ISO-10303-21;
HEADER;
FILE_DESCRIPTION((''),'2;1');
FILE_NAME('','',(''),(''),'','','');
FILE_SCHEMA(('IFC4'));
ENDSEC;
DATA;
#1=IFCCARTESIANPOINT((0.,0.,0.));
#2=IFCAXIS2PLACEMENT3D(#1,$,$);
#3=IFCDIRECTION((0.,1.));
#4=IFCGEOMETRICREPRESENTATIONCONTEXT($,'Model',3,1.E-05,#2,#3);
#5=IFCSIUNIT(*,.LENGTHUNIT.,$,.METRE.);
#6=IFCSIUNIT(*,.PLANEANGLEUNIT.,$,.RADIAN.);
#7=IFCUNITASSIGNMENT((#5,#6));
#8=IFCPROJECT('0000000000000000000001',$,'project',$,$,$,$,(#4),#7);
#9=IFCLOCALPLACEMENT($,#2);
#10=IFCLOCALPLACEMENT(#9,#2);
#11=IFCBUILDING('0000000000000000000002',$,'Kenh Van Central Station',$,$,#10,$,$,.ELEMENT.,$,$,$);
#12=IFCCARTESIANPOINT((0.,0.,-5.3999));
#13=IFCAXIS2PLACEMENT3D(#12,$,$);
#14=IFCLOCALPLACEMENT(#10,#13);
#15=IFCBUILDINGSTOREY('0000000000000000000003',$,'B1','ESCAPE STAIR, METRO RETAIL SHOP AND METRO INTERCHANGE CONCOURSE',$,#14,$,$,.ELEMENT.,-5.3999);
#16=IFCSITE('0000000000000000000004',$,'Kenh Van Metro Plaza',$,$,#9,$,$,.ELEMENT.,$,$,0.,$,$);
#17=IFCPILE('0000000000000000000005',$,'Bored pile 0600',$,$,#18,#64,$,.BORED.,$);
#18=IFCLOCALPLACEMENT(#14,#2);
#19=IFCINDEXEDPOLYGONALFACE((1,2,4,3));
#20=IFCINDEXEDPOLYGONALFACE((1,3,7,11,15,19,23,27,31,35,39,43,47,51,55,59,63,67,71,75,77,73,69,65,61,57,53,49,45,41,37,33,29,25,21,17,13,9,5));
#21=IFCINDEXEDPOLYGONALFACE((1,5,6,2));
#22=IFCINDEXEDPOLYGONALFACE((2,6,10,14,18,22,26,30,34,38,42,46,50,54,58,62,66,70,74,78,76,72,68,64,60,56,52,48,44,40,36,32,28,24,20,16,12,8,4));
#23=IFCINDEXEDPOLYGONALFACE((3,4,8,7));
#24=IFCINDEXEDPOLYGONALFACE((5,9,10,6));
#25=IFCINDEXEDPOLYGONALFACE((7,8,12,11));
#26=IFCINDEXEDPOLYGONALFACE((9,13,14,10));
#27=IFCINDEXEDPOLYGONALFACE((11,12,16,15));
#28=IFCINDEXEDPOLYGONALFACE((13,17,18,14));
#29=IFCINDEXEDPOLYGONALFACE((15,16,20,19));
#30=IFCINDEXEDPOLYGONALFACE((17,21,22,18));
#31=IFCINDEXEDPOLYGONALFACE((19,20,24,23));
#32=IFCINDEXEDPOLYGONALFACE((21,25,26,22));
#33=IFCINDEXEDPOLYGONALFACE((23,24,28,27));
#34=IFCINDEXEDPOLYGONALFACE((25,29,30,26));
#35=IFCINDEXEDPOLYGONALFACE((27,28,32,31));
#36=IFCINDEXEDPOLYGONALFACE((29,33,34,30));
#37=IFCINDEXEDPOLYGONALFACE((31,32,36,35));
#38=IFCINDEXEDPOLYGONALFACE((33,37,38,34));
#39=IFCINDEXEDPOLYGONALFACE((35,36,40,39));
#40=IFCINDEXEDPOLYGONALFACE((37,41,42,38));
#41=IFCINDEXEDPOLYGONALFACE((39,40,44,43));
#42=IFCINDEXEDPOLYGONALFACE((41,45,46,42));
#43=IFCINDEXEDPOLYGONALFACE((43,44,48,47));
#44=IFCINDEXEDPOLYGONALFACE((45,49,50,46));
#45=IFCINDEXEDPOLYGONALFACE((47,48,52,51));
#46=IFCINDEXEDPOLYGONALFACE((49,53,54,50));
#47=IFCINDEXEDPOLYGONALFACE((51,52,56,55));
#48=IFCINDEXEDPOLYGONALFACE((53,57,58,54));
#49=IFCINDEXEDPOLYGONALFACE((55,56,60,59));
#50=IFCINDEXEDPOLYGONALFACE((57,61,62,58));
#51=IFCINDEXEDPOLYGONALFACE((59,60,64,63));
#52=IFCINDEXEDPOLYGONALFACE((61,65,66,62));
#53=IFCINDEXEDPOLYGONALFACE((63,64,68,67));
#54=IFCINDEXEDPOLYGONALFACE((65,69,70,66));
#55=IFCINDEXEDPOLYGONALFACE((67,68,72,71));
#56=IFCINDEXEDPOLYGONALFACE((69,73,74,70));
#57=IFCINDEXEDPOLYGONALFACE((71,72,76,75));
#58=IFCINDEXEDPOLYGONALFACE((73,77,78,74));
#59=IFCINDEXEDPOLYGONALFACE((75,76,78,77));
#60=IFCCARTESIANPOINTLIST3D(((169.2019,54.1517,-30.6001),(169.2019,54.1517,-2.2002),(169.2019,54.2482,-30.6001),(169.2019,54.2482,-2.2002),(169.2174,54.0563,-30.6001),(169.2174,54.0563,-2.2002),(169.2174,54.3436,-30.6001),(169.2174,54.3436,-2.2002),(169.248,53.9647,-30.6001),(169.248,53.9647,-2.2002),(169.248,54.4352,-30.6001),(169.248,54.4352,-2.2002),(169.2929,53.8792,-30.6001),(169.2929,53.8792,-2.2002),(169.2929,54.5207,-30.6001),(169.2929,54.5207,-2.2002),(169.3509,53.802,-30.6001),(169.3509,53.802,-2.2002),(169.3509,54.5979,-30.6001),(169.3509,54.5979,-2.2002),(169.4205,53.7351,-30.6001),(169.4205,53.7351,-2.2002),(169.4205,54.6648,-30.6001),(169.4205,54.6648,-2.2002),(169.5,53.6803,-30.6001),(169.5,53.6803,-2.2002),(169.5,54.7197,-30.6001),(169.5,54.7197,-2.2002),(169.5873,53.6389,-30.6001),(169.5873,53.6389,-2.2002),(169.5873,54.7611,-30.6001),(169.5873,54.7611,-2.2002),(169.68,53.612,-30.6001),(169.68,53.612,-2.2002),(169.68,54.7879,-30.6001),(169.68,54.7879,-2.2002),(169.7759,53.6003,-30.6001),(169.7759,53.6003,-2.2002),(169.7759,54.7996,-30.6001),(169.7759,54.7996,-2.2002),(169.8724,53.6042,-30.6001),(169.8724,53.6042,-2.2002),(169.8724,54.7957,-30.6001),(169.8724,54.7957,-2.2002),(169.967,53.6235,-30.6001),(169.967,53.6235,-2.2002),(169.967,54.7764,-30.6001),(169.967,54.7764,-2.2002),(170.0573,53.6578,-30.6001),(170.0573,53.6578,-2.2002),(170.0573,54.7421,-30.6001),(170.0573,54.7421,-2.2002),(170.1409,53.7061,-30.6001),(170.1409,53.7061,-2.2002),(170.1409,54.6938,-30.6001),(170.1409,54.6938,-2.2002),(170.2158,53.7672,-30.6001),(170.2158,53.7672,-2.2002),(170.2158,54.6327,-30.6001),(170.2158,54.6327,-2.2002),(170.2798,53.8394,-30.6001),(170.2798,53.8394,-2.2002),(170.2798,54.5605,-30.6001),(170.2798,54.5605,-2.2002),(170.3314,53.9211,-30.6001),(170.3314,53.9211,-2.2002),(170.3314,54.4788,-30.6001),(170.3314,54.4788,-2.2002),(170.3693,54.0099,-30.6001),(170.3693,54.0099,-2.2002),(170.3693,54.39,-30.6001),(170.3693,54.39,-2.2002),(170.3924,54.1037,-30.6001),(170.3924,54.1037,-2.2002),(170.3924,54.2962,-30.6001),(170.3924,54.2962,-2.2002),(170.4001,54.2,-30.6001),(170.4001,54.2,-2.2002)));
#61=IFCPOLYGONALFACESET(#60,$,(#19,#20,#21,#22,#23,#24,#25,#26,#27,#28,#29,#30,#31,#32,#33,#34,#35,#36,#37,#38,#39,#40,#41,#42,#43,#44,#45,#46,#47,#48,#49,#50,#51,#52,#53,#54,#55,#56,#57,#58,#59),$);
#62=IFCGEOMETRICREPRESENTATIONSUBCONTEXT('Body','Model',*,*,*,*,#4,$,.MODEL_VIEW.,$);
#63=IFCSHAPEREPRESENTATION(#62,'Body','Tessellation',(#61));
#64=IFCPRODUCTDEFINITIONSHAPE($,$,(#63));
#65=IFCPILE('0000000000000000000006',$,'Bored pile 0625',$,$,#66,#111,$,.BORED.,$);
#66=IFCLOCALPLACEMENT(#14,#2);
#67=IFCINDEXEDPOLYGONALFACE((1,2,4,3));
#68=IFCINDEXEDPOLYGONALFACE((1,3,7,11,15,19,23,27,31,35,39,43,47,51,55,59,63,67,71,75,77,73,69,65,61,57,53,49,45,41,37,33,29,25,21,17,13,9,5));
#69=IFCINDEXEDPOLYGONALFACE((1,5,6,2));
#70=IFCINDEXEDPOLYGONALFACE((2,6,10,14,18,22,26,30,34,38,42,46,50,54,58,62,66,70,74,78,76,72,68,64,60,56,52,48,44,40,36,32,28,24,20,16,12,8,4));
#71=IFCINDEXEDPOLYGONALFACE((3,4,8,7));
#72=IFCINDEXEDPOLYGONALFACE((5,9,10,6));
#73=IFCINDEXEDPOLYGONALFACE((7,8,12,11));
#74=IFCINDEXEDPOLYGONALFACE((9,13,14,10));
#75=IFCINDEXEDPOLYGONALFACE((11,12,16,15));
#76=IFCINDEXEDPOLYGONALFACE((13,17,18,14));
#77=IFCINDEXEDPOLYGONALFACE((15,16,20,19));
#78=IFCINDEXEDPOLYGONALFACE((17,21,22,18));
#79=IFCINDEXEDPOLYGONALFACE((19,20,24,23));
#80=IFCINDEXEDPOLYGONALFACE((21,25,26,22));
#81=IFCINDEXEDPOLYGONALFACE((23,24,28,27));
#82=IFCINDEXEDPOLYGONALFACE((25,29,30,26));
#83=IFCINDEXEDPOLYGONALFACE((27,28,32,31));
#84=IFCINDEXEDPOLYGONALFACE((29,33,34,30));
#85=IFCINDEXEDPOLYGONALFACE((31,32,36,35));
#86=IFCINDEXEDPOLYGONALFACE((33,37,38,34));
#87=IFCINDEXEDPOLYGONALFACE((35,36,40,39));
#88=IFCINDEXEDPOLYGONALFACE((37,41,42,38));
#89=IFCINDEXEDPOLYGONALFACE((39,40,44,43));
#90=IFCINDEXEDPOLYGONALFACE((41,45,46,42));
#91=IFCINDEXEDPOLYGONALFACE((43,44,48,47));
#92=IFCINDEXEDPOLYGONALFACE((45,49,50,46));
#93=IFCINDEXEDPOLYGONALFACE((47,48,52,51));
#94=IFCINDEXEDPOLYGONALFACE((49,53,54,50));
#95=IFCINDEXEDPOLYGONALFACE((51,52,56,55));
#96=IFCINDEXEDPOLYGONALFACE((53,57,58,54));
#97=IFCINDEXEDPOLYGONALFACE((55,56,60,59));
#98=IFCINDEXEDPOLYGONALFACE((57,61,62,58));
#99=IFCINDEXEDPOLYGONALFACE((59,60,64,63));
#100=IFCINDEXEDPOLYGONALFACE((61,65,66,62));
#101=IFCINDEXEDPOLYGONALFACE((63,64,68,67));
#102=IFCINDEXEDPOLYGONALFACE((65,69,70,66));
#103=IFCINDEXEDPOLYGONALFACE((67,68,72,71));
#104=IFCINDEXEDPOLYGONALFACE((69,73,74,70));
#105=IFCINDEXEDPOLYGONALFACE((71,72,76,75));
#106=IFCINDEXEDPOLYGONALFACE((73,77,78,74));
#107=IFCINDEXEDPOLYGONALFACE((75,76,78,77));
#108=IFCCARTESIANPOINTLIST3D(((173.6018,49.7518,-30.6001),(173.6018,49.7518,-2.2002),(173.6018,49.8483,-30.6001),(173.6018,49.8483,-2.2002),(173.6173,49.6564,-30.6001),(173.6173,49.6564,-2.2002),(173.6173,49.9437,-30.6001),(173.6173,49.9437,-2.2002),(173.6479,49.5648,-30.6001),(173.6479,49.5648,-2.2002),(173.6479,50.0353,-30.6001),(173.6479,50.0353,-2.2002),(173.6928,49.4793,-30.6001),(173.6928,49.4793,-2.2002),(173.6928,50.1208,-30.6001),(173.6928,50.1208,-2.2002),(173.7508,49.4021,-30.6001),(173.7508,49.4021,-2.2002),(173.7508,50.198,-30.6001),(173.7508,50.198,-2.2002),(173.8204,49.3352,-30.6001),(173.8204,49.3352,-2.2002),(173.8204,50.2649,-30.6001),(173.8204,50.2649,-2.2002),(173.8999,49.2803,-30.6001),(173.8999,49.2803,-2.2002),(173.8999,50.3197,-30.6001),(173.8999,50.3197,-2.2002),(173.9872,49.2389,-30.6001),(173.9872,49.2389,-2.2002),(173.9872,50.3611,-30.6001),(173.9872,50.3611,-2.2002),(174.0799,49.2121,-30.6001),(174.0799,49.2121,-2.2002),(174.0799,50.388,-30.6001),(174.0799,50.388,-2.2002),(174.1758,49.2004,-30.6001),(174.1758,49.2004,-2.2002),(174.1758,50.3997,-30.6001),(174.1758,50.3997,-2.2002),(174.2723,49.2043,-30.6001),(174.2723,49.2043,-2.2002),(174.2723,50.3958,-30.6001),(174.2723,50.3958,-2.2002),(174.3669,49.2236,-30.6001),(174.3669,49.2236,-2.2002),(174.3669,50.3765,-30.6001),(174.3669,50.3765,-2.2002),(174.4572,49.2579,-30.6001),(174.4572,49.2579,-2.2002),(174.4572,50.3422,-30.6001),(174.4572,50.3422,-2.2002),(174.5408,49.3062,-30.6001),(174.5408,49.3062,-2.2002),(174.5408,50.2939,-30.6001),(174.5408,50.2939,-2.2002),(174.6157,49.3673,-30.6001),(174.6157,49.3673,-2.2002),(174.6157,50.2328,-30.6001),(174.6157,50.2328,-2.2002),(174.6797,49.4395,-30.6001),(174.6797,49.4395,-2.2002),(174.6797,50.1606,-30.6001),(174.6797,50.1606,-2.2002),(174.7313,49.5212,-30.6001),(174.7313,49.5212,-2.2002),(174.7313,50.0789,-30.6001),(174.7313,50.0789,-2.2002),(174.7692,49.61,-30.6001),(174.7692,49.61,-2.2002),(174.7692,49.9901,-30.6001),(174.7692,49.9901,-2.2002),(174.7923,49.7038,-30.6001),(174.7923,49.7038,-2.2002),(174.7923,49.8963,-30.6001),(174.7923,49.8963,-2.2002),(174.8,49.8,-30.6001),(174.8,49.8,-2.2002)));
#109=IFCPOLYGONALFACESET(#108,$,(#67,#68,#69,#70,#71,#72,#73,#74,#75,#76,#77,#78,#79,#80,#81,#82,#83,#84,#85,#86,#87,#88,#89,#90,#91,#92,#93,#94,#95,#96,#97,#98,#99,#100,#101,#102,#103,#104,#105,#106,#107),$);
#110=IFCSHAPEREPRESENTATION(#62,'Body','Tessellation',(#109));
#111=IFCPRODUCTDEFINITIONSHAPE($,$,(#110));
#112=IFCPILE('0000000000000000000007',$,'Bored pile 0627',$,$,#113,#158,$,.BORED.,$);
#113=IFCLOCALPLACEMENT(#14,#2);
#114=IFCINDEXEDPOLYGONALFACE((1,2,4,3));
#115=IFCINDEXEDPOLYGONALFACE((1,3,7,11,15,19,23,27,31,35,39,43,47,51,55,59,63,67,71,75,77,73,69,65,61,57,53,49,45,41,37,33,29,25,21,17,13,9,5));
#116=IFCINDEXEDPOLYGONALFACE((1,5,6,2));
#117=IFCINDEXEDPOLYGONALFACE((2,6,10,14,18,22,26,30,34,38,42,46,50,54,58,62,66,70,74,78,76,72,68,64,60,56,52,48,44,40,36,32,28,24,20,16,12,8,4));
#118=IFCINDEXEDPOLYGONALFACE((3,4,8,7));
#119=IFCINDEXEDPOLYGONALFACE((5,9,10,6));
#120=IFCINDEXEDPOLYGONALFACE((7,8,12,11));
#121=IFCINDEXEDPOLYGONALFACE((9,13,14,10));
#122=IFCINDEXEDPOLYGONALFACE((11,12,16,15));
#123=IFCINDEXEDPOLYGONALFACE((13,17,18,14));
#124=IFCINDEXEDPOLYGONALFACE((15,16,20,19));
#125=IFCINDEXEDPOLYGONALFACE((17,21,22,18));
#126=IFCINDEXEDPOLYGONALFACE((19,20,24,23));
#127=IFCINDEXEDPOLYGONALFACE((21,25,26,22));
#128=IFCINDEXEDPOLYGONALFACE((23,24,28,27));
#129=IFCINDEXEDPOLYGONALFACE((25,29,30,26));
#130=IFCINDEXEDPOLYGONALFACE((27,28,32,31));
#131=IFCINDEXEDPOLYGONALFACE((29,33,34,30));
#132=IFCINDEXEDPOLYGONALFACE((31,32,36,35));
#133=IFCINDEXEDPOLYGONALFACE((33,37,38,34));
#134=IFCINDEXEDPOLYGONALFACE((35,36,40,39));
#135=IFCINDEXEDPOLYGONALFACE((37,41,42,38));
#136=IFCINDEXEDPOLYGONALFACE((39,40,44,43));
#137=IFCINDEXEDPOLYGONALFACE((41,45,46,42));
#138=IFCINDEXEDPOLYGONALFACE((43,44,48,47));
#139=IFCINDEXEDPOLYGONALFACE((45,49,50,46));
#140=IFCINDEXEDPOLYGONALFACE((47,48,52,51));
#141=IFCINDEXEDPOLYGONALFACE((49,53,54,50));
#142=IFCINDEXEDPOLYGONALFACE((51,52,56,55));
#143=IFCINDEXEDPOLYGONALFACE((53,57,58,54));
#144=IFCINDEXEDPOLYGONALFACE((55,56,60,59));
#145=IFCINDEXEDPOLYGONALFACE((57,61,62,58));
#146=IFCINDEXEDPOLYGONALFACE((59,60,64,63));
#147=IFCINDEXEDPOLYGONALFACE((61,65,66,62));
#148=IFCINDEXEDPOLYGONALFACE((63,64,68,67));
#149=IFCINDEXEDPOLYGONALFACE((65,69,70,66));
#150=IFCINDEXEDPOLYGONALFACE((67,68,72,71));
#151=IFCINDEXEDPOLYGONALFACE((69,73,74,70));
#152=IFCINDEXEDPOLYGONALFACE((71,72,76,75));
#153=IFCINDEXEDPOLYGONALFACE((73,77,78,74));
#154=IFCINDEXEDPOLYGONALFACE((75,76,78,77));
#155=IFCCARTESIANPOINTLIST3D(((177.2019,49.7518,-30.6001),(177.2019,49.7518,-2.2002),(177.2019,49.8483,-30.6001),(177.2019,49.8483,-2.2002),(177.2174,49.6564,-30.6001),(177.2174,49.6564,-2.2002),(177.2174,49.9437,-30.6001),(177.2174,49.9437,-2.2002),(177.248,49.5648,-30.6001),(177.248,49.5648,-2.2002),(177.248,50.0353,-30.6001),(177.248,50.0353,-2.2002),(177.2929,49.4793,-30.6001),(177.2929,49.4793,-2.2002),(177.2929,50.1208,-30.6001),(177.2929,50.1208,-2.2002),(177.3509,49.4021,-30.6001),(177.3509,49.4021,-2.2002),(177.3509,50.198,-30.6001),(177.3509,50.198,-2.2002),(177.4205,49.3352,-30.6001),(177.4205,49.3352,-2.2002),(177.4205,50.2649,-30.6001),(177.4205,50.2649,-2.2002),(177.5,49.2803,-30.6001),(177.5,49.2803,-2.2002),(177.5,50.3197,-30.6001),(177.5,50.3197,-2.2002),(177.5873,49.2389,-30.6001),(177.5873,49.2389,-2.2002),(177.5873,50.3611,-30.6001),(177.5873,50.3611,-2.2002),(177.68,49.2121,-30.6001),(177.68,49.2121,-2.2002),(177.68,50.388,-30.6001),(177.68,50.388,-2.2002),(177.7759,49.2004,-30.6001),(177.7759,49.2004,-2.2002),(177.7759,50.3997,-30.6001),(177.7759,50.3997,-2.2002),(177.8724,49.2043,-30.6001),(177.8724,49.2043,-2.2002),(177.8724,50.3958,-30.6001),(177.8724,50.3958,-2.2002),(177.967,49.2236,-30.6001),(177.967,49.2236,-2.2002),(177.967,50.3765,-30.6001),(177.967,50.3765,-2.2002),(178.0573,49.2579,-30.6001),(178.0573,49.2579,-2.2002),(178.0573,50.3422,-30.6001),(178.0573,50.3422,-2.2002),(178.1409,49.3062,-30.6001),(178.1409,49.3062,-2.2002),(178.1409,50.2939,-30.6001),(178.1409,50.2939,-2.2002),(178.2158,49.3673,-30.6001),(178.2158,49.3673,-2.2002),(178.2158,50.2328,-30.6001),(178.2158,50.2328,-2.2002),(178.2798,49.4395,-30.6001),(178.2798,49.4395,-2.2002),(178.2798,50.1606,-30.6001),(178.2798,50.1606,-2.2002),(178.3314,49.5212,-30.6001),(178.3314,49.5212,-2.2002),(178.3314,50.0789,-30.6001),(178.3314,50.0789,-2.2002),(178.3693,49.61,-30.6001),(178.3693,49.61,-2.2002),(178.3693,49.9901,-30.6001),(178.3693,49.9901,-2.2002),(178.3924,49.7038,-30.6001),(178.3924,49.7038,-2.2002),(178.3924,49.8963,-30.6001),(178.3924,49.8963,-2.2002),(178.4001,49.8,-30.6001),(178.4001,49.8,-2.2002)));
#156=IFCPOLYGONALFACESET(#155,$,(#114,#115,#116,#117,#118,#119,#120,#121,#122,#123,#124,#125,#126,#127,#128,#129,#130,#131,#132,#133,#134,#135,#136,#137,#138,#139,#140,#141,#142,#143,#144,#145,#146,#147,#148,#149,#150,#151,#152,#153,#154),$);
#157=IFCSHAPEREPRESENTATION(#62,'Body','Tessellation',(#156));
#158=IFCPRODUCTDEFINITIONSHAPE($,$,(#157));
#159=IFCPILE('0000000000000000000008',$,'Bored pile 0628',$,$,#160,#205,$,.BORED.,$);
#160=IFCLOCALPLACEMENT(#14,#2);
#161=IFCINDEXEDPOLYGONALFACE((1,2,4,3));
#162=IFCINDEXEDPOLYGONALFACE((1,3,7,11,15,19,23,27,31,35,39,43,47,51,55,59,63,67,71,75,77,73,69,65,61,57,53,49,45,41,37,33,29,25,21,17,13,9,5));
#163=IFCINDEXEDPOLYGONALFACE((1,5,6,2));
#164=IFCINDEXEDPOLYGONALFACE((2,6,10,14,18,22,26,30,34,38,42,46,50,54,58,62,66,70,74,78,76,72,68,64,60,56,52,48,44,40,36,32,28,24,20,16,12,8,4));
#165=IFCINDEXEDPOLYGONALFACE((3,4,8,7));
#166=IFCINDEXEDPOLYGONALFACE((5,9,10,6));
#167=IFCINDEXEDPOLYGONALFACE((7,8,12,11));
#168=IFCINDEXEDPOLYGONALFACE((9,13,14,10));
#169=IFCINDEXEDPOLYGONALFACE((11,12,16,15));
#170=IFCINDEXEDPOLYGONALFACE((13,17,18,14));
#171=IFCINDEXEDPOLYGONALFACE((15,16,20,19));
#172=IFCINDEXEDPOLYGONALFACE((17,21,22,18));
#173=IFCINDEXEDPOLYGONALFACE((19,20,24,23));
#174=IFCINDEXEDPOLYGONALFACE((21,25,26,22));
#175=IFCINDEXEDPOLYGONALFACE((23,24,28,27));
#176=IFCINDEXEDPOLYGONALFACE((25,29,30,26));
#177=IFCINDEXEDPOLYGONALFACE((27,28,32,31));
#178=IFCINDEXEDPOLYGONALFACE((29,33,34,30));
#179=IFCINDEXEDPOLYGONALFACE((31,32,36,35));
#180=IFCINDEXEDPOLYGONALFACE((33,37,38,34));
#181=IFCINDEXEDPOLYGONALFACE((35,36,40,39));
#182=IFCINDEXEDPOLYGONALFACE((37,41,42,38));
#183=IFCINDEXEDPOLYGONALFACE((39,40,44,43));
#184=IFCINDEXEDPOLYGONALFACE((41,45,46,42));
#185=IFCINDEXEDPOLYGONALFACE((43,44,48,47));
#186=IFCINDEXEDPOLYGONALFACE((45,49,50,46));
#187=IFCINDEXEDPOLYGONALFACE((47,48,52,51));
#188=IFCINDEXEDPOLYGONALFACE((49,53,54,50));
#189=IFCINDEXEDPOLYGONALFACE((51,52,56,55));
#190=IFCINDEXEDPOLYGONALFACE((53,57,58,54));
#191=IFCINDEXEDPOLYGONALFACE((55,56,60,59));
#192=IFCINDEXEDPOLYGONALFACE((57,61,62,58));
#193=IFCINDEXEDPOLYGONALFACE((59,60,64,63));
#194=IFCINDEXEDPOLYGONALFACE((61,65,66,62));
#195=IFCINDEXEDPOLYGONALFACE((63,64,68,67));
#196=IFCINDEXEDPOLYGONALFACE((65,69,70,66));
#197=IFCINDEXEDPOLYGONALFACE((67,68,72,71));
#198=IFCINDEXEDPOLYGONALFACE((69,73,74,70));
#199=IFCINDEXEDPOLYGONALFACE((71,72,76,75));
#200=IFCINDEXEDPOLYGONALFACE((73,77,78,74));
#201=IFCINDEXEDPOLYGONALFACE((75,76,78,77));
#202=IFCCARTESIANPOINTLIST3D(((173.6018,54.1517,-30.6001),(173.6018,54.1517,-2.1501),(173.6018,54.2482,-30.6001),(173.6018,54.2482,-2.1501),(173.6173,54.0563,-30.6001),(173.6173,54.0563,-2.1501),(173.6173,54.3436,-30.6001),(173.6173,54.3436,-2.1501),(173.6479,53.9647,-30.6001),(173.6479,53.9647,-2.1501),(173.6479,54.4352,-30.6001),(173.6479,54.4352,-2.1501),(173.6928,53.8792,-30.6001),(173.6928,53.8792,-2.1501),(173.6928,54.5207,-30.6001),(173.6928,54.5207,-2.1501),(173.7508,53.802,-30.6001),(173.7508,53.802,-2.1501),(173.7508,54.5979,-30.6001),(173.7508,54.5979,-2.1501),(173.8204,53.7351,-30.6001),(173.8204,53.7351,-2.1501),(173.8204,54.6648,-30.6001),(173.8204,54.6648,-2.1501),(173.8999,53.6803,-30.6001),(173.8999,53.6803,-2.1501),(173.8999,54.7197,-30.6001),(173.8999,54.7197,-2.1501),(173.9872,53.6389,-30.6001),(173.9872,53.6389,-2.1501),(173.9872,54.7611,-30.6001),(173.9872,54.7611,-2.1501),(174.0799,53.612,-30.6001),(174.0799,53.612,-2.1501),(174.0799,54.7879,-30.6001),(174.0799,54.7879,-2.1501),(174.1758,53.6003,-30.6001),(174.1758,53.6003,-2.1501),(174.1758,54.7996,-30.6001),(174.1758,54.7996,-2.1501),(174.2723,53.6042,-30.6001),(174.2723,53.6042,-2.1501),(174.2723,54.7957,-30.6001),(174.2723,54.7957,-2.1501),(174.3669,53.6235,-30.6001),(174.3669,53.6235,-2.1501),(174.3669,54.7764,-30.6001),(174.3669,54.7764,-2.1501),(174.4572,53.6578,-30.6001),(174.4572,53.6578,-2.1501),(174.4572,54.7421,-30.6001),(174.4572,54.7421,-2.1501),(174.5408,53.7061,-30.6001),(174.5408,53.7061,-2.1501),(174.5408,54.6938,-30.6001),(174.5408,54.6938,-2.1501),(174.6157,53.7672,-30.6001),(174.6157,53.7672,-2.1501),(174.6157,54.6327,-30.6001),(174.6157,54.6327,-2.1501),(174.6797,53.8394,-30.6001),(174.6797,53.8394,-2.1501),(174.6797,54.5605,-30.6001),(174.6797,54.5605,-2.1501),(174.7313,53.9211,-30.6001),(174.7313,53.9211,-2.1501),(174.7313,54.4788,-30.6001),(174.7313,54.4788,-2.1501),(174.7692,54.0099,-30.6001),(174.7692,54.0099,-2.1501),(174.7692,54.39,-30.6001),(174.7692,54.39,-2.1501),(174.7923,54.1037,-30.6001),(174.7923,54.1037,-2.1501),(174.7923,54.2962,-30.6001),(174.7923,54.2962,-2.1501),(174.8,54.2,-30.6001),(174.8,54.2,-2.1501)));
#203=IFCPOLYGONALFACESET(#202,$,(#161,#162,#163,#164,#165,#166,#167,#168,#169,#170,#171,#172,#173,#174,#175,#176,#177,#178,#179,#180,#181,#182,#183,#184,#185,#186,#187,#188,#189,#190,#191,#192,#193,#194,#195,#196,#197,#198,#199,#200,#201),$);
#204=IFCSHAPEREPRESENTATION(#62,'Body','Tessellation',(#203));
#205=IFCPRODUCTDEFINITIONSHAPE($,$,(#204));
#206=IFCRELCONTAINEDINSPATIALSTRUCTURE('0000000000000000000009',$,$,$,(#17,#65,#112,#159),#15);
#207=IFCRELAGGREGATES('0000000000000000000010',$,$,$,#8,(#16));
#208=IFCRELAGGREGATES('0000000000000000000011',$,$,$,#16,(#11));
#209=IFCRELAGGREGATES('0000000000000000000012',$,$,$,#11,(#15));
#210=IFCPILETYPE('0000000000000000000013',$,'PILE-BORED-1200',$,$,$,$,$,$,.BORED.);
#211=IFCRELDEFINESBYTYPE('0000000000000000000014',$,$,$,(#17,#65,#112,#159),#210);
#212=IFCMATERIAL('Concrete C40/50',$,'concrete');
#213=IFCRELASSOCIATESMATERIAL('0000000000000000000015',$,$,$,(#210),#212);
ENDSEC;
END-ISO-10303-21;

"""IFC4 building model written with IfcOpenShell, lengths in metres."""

from ifc_helpers import new_model, si_unit, direction, frame, origin, origin_2d, place, context, subcontext, project, spatial, circle, extrude, material, material_profile, profile_set, type_object, element, save


model = new_model("IFC4")

# Units and contexts
model_context = context("Model", 3, precision=1e-05, world=origin(), true_north=direction((0.0, 1.0)))
body_context = subcontext(model_context, "Body", "Model", "MODEL_VIEW")
ifc_project = project(units=[si_unit("LENGTHUNIT", "METRE"), si_unit("PLANEANGLEUNIT", "RADIAN")], contexts=[model_context])

# Site, building, storey
site_placement = place(None, origin())
site = spatial("IfcSite", under=ifc_project, at=site_placement, Name="Kenh Van Metro Plaza", CompositionType="ELEMENT", RefElevation=0.0)
building_placement = place(site_placement, origin())
building = spatial("IfcBuilding", under=site, at=building_placement, Name="Kenh Van Central Station", CompositionType="ELEMENT")
storey_placement = place(building_placement, frame((0.0, 0.0, -5.3999)))
storey = spatial("IfcBuildingStorey", under=building, at=storey_placement, Name="B1", Description="ESCAPE STAIR, METRO RETAIL SHOP AND METRO INTERCHANGE CONCOURSE", CompositionType="ELEMENT", Elevation=-5.3999)

# Shared definitions
ifc_material_1 = material(Name="Concrete C40/50", Category="concrete")

# Piles
ifc_material_profile_1 = material_profile(ifc_material_1, circle(Radius=0.6001, at=origin_2d()), Name="PILE D1200")
ifc_profile_set_1 = profile_set([ifc_material_profile_1], Name="Concrete C40/50")
pile_type = type_object("IfcPileType", Name="PILE-BORED-1200", PredefinedType="BORED", material=ifc_profile_set_1)
for number, where, z_axis, x_axis, name in (
    (1, (169.8, 54.2, -2.2002), (0.0, 0.0, -1.0), (1.0, 0.0, 0.0), "Bored pile 0600"),
    (2, (174.2, 49.8, -2.2002), (0.0, 0.0, -1.0), (1.0, 0.0, 0.0), "Bored pile 0625"),
    (3, (177.8, 49.8, -2.2002), (0.0, 0.0, -1.0), (1.0, 0.0, 0.0), "Bored pile 0627"),
):
    element("IfcPile", number, at=place(storey_placement, frame(where, z_axis=z_axis, x_axis=x_axis)), inside=storey, type_object=pile_type, Name=name, PredefinedType="BORED", context=body_context, shape_type="SweptSolid", body=[
        extrude(circle(Radius=0.6001, at=origin_2d()), origin(), (0.0, 0.0, 1.0), 28.3999),
    ])
for number, where, z_axis, x_axis, name in (
    (4, (174.2, 54.2, -2.1501), (0.0, 0.0, -1.0), (1.0, 0.0, 0.0), "Bored pile 0628"),
):
    element("IfcPile", number, at=place(storey_placement, frame(where, z_axis=z_axis, x_axis=x_axis)), inside=storey, type_object=pile_type, Name=name, PredefinedType="BORED", context=body_context, shape_type="SweptSolid", body=[
        extrude(circle(Radius=0.6001, at=origin_2d()), origin(), (0.0, 0.0, 1.0), 28.45),
    ])

save(model, "model.ifc")
